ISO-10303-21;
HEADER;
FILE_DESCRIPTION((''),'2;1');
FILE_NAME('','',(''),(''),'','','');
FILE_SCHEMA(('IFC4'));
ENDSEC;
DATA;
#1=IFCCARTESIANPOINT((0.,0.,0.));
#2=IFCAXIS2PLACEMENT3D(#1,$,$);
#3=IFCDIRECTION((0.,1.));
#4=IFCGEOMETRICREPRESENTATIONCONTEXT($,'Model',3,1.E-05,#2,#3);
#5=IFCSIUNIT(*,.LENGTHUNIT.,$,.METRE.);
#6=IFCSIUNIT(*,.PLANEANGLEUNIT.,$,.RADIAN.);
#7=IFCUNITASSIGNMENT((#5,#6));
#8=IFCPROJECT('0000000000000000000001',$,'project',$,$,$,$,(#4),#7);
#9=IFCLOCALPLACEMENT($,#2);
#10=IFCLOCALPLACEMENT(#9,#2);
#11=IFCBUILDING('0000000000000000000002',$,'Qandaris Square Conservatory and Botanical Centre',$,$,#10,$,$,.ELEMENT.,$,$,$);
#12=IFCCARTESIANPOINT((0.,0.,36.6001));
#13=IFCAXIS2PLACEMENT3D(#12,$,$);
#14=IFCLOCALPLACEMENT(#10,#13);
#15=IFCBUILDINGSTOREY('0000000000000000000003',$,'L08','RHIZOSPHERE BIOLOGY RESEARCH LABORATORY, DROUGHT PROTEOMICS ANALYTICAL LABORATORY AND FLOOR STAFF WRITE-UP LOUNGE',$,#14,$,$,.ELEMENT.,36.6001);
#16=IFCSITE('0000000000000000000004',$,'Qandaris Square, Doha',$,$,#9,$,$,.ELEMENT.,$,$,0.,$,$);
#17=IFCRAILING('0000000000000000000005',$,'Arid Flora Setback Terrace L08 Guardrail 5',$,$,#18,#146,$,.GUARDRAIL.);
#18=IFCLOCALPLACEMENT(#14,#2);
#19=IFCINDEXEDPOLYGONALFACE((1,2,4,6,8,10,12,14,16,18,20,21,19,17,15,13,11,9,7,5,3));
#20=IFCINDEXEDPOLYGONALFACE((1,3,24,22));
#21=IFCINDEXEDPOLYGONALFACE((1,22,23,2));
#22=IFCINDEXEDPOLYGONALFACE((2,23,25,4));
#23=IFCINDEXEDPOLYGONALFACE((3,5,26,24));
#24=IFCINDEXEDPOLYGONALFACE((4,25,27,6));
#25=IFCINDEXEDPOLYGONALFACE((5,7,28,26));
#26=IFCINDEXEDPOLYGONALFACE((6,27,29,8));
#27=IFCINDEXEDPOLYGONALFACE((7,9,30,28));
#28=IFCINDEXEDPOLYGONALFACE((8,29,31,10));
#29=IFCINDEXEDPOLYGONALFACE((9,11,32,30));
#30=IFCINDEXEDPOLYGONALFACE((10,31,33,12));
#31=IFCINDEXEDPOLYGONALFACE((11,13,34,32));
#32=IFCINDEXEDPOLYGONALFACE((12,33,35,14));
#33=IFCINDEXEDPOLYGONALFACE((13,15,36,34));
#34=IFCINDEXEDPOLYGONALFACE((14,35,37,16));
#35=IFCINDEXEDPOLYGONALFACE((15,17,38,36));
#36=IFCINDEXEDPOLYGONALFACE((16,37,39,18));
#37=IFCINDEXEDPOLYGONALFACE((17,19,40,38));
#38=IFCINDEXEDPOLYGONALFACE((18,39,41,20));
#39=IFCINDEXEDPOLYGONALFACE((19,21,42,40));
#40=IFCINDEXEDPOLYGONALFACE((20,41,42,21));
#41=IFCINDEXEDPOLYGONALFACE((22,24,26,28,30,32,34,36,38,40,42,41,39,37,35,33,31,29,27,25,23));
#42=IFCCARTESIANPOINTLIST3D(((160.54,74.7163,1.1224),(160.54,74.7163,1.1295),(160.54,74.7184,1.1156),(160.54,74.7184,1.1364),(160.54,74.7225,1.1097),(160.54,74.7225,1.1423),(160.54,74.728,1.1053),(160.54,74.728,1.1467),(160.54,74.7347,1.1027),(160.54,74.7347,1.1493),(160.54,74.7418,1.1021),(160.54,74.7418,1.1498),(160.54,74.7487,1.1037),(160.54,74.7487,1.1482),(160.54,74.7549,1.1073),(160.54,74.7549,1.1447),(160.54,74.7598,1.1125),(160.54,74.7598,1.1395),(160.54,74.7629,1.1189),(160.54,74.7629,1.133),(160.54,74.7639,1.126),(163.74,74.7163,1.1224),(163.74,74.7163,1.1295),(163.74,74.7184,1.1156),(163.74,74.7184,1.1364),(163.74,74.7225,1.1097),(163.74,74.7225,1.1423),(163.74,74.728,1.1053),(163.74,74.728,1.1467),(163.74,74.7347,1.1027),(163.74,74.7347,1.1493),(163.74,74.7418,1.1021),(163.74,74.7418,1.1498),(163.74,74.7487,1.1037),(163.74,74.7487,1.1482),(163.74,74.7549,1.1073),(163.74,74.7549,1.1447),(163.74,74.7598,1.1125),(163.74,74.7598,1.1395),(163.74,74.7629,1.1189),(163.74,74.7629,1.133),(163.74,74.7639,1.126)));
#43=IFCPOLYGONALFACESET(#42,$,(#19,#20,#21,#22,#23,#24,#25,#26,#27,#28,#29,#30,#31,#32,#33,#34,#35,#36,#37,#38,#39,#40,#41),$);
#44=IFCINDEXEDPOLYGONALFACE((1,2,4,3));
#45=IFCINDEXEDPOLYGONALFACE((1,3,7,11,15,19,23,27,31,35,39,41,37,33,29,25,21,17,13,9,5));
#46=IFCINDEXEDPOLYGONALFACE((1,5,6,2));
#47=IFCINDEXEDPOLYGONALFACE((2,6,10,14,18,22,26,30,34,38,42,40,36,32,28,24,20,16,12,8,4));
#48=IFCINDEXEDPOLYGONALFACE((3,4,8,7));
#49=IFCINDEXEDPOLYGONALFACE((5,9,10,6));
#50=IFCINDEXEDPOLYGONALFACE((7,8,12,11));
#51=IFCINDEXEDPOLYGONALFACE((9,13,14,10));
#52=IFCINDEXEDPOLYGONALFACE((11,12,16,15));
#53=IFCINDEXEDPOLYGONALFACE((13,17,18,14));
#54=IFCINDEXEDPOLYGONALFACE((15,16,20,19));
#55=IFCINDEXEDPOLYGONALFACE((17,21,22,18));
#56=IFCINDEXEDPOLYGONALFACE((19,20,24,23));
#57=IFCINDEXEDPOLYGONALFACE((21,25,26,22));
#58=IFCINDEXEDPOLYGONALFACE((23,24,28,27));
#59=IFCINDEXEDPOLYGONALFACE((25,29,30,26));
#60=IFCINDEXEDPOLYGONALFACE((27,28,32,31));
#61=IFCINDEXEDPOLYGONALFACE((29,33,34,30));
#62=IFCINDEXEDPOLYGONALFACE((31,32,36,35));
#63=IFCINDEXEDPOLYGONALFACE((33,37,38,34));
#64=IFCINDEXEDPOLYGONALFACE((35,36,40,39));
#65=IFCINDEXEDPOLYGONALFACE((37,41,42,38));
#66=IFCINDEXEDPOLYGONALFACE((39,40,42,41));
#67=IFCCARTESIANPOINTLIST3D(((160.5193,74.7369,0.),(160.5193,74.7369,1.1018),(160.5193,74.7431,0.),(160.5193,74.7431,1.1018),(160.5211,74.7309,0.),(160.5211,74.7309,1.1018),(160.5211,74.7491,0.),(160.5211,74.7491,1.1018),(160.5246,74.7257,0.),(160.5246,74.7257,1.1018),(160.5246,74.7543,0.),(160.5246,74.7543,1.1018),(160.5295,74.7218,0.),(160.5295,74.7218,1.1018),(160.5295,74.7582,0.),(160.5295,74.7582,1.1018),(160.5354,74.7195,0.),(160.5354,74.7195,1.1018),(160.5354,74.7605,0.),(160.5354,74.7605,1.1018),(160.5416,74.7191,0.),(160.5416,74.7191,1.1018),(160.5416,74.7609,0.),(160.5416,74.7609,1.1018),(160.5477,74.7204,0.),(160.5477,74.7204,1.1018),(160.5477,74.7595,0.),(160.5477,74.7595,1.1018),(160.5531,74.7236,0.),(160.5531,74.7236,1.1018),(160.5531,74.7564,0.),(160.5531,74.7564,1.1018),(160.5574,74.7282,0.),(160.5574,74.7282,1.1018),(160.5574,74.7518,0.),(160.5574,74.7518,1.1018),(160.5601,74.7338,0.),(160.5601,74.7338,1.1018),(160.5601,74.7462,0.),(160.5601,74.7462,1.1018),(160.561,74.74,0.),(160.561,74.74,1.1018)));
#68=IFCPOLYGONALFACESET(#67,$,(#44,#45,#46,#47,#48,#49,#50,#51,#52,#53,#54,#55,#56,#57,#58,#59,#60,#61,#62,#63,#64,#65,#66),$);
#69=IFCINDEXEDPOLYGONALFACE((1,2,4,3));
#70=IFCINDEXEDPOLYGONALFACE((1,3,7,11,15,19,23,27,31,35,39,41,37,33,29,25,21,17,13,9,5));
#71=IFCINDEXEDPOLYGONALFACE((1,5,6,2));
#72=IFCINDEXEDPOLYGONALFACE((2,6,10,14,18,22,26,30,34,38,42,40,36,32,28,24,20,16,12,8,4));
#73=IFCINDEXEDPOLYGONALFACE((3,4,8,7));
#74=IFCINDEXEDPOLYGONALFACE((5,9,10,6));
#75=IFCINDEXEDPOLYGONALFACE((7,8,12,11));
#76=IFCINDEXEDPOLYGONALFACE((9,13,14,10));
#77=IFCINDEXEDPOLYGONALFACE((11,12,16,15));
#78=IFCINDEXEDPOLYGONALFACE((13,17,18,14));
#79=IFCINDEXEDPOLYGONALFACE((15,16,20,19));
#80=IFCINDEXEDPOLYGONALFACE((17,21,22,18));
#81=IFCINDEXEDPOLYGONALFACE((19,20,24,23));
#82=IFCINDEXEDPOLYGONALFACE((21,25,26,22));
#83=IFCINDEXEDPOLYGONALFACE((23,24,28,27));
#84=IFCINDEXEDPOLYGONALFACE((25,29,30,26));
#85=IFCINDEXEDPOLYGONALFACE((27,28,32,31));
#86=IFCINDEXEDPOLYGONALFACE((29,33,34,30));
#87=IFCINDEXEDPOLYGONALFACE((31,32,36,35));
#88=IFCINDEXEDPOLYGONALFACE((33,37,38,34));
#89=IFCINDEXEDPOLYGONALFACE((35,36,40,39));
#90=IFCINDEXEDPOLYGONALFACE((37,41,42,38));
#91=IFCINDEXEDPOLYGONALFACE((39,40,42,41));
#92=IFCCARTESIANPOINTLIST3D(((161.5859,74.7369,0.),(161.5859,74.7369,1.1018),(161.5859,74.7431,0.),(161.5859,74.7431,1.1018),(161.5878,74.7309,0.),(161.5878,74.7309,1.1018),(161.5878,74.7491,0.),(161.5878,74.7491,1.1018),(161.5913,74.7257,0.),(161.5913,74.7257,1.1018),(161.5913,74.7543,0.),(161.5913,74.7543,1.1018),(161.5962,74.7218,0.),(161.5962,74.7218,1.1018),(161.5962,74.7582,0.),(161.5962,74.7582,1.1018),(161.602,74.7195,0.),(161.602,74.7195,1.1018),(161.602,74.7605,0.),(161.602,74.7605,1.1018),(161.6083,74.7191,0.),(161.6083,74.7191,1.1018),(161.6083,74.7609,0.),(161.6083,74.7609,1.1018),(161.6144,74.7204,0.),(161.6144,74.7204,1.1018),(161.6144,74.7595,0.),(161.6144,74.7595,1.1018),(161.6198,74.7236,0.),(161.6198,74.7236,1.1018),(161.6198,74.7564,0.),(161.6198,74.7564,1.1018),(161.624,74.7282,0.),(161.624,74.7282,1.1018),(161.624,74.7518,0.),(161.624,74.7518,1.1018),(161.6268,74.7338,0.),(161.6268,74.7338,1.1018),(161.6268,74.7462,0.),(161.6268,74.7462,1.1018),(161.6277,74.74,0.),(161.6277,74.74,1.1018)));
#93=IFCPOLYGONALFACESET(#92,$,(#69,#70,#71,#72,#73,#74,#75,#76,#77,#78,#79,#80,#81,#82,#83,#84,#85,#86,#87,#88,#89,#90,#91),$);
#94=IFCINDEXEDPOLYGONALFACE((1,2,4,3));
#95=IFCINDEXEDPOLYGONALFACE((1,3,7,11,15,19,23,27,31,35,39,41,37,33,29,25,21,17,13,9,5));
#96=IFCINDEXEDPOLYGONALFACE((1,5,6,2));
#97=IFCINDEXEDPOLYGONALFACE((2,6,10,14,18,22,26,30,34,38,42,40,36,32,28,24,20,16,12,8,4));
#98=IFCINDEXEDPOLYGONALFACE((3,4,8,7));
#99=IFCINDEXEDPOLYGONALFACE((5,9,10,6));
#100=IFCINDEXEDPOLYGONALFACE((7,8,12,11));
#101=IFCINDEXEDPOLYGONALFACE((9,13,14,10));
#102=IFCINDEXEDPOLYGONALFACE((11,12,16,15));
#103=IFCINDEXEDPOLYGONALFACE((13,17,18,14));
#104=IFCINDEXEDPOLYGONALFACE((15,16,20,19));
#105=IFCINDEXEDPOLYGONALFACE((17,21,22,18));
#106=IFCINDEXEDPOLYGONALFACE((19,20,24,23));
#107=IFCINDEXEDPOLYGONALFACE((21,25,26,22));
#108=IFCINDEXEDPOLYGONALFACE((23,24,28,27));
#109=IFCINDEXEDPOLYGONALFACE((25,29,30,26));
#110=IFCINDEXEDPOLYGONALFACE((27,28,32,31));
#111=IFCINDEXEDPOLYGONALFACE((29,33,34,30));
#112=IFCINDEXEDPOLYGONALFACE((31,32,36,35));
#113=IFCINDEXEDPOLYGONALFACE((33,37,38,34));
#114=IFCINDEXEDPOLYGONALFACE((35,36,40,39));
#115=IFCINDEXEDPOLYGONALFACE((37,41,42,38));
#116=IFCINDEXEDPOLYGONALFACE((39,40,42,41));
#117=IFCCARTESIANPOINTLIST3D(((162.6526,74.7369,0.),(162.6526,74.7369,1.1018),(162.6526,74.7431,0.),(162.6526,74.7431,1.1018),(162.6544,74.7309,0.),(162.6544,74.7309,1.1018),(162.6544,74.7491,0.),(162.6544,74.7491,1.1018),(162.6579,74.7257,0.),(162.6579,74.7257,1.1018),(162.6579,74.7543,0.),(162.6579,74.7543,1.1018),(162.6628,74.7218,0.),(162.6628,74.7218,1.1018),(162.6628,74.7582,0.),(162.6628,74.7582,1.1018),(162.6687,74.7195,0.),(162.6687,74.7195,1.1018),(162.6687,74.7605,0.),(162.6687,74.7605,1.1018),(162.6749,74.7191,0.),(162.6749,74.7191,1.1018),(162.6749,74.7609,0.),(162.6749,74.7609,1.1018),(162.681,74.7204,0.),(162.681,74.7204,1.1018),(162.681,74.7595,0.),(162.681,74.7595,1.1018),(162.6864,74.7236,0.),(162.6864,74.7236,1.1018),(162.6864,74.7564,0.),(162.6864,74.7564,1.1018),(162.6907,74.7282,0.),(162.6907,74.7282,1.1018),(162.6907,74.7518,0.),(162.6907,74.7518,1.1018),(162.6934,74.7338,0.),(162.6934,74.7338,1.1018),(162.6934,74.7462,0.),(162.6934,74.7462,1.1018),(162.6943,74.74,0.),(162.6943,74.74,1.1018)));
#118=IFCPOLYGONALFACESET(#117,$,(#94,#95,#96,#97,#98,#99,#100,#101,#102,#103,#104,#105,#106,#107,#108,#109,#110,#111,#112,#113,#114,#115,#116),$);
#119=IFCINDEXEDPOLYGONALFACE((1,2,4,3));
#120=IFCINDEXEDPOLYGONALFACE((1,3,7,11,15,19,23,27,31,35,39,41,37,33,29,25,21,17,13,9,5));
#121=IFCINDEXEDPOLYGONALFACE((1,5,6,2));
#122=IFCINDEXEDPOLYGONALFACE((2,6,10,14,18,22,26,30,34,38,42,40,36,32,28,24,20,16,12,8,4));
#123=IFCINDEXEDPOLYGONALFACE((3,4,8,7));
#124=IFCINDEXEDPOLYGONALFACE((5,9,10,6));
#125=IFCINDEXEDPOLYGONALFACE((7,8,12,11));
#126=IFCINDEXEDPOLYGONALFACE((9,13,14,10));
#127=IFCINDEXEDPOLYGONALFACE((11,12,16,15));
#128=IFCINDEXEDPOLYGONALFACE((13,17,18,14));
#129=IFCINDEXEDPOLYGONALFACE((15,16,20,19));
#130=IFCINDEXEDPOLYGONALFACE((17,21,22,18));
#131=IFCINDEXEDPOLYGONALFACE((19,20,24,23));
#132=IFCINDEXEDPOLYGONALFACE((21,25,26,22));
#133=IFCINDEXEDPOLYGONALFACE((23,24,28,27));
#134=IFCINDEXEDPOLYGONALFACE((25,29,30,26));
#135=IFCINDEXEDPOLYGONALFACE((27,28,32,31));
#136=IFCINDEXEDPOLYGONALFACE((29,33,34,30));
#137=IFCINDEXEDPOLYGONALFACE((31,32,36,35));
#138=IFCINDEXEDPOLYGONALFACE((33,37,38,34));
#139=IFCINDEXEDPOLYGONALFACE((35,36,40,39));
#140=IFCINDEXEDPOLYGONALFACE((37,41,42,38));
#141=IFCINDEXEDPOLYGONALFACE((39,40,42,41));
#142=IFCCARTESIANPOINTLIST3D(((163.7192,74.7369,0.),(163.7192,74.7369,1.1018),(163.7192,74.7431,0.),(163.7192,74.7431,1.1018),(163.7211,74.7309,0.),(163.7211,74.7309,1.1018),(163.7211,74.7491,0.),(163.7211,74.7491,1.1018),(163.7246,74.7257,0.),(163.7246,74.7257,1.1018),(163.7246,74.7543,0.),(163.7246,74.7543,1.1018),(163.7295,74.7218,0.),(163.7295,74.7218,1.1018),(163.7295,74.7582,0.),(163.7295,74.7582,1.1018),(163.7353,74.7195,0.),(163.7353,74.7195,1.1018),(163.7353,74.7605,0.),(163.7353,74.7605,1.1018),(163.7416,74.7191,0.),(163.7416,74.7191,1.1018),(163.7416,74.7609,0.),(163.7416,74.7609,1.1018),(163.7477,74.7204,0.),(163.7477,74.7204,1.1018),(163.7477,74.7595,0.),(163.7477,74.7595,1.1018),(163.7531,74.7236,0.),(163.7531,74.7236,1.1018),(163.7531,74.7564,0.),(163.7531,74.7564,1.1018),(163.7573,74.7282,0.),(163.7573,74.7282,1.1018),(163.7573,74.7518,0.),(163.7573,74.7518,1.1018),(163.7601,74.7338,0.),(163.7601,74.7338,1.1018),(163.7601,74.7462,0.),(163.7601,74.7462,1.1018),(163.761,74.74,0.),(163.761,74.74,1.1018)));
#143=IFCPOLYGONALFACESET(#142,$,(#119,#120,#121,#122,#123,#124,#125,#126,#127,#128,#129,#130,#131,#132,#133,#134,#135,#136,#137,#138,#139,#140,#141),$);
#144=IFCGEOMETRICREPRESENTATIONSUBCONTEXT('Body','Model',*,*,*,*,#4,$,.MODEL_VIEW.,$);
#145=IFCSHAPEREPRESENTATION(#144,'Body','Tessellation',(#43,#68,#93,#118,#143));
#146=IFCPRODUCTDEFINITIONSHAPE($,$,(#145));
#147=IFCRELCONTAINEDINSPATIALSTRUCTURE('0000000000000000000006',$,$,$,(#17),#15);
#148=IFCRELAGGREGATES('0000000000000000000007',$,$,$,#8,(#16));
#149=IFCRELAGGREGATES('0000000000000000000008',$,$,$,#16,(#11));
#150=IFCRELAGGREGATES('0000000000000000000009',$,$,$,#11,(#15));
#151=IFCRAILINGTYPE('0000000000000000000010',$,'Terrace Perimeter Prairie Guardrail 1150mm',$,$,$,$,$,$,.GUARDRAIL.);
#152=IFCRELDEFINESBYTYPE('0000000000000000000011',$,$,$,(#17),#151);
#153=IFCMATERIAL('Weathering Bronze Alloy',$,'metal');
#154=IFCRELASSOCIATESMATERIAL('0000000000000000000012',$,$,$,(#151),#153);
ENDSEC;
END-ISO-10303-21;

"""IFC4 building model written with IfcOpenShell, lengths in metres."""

from ifc_helpers import new_model, si_unit, direction, frame, origin, origin_2d, place, context, subcontext, project, spatial, circle, extrude, material, type_object, element, save


model = new_model("IFC4")

# Units and contexts
model_context = context("Model", 3, precision=1e-05, world=origin(), true_north=direction((0.0, 1.0)))
body_context = subcontext(model_context, "Body", "Model", "MODEL_VIEW")
ifc_project = project(units=[si_unit("LENGTHUNIT", "METRE"), si_unit("PLANEANGLEUNIT", "RADIAN")], contexts=[model_context])

# Site, building, storey
site_placement = place(None, origin())
site = spatial("IfcSite", under=ifc_project, at=site_placement, Name="Qandaris Square, Doha", CompositionType="ELEMENT", RefElevation=0.0)
building_placement = place(site_placement, origin())
building = spatial("IfcBuilding", under=site, at=building_placement, Name="Qandaris Square Conservatory and Botanical Centre", CompositionType="ELEMENT")
storey_placement = place(building_placement, frame((0.0, 0.0, 36.6001)))
storey = spatial("IfcBuildingStorey", under=building, at=storey_placement, Name="L08", Description="RHIZOSPHERE BIOLOGY RESEARCH LABORATORY, DROUGHT PROTEOMICS ANALYTICAL LABORATORY AND FLOOR STAFF WRITE-UP LOUNGE", CompositionType="ELEMENT", Elevation=36.6001)

# Railing
ifc_material_1 = material(Name="Weathering Bronze Alloy", Category="metal")
railing_type = type_object("IfcRailingType", Name="Terrace Perimeter Prairie Guardrail 1150mm", PredefinedType="GUARDRAIL", material=ifc_material_1)
railing_1_placement = place(storey_placement, frame((160.54, 74.74, 0.0)))
element("IfcRailing", 1, at=railing_1_placement, inside=storey, type_object=railing_type, Name="Arid Flora Setback Terrace L08 Guardrail 5", PredefinedType="GUARDRAIL", context=body_context, shape_type="SweptSolid", body=[
    extrude(circle(Radius=0.0239, at=origin_2d()), frame((0.0, 0.0, 1.126), z_axis=(1.0, 0.0, 0.0), x_axis=(0.0, 1.0, 0.0)), (0.0, 0.0, 1.0), 3.2),
    extrude(circle(Radius=0.021, at=origin_2d()), origin(), (0.0, 0.0, 1.0), 1.1018),
    extrude(circle(Radius=0.021, at=origin_2d()), frame((1.0667, 0.0, 0.0)), (0.0, 0.0, 1.0), 1.1018),
    extrude(circle(Radius=0.021, at=origin_2d()), frame((2.1333, 0.0, 0.0)), (0.0, 0.0, 1.0), 1.1018),
    extrude(circle(Radius=0.021, at=origin_2d()), frame((3.2, 0.0, 0.0)), (0.0, 0.0, 1.0), 1.1018),
])

save(model, "model.ifc")
